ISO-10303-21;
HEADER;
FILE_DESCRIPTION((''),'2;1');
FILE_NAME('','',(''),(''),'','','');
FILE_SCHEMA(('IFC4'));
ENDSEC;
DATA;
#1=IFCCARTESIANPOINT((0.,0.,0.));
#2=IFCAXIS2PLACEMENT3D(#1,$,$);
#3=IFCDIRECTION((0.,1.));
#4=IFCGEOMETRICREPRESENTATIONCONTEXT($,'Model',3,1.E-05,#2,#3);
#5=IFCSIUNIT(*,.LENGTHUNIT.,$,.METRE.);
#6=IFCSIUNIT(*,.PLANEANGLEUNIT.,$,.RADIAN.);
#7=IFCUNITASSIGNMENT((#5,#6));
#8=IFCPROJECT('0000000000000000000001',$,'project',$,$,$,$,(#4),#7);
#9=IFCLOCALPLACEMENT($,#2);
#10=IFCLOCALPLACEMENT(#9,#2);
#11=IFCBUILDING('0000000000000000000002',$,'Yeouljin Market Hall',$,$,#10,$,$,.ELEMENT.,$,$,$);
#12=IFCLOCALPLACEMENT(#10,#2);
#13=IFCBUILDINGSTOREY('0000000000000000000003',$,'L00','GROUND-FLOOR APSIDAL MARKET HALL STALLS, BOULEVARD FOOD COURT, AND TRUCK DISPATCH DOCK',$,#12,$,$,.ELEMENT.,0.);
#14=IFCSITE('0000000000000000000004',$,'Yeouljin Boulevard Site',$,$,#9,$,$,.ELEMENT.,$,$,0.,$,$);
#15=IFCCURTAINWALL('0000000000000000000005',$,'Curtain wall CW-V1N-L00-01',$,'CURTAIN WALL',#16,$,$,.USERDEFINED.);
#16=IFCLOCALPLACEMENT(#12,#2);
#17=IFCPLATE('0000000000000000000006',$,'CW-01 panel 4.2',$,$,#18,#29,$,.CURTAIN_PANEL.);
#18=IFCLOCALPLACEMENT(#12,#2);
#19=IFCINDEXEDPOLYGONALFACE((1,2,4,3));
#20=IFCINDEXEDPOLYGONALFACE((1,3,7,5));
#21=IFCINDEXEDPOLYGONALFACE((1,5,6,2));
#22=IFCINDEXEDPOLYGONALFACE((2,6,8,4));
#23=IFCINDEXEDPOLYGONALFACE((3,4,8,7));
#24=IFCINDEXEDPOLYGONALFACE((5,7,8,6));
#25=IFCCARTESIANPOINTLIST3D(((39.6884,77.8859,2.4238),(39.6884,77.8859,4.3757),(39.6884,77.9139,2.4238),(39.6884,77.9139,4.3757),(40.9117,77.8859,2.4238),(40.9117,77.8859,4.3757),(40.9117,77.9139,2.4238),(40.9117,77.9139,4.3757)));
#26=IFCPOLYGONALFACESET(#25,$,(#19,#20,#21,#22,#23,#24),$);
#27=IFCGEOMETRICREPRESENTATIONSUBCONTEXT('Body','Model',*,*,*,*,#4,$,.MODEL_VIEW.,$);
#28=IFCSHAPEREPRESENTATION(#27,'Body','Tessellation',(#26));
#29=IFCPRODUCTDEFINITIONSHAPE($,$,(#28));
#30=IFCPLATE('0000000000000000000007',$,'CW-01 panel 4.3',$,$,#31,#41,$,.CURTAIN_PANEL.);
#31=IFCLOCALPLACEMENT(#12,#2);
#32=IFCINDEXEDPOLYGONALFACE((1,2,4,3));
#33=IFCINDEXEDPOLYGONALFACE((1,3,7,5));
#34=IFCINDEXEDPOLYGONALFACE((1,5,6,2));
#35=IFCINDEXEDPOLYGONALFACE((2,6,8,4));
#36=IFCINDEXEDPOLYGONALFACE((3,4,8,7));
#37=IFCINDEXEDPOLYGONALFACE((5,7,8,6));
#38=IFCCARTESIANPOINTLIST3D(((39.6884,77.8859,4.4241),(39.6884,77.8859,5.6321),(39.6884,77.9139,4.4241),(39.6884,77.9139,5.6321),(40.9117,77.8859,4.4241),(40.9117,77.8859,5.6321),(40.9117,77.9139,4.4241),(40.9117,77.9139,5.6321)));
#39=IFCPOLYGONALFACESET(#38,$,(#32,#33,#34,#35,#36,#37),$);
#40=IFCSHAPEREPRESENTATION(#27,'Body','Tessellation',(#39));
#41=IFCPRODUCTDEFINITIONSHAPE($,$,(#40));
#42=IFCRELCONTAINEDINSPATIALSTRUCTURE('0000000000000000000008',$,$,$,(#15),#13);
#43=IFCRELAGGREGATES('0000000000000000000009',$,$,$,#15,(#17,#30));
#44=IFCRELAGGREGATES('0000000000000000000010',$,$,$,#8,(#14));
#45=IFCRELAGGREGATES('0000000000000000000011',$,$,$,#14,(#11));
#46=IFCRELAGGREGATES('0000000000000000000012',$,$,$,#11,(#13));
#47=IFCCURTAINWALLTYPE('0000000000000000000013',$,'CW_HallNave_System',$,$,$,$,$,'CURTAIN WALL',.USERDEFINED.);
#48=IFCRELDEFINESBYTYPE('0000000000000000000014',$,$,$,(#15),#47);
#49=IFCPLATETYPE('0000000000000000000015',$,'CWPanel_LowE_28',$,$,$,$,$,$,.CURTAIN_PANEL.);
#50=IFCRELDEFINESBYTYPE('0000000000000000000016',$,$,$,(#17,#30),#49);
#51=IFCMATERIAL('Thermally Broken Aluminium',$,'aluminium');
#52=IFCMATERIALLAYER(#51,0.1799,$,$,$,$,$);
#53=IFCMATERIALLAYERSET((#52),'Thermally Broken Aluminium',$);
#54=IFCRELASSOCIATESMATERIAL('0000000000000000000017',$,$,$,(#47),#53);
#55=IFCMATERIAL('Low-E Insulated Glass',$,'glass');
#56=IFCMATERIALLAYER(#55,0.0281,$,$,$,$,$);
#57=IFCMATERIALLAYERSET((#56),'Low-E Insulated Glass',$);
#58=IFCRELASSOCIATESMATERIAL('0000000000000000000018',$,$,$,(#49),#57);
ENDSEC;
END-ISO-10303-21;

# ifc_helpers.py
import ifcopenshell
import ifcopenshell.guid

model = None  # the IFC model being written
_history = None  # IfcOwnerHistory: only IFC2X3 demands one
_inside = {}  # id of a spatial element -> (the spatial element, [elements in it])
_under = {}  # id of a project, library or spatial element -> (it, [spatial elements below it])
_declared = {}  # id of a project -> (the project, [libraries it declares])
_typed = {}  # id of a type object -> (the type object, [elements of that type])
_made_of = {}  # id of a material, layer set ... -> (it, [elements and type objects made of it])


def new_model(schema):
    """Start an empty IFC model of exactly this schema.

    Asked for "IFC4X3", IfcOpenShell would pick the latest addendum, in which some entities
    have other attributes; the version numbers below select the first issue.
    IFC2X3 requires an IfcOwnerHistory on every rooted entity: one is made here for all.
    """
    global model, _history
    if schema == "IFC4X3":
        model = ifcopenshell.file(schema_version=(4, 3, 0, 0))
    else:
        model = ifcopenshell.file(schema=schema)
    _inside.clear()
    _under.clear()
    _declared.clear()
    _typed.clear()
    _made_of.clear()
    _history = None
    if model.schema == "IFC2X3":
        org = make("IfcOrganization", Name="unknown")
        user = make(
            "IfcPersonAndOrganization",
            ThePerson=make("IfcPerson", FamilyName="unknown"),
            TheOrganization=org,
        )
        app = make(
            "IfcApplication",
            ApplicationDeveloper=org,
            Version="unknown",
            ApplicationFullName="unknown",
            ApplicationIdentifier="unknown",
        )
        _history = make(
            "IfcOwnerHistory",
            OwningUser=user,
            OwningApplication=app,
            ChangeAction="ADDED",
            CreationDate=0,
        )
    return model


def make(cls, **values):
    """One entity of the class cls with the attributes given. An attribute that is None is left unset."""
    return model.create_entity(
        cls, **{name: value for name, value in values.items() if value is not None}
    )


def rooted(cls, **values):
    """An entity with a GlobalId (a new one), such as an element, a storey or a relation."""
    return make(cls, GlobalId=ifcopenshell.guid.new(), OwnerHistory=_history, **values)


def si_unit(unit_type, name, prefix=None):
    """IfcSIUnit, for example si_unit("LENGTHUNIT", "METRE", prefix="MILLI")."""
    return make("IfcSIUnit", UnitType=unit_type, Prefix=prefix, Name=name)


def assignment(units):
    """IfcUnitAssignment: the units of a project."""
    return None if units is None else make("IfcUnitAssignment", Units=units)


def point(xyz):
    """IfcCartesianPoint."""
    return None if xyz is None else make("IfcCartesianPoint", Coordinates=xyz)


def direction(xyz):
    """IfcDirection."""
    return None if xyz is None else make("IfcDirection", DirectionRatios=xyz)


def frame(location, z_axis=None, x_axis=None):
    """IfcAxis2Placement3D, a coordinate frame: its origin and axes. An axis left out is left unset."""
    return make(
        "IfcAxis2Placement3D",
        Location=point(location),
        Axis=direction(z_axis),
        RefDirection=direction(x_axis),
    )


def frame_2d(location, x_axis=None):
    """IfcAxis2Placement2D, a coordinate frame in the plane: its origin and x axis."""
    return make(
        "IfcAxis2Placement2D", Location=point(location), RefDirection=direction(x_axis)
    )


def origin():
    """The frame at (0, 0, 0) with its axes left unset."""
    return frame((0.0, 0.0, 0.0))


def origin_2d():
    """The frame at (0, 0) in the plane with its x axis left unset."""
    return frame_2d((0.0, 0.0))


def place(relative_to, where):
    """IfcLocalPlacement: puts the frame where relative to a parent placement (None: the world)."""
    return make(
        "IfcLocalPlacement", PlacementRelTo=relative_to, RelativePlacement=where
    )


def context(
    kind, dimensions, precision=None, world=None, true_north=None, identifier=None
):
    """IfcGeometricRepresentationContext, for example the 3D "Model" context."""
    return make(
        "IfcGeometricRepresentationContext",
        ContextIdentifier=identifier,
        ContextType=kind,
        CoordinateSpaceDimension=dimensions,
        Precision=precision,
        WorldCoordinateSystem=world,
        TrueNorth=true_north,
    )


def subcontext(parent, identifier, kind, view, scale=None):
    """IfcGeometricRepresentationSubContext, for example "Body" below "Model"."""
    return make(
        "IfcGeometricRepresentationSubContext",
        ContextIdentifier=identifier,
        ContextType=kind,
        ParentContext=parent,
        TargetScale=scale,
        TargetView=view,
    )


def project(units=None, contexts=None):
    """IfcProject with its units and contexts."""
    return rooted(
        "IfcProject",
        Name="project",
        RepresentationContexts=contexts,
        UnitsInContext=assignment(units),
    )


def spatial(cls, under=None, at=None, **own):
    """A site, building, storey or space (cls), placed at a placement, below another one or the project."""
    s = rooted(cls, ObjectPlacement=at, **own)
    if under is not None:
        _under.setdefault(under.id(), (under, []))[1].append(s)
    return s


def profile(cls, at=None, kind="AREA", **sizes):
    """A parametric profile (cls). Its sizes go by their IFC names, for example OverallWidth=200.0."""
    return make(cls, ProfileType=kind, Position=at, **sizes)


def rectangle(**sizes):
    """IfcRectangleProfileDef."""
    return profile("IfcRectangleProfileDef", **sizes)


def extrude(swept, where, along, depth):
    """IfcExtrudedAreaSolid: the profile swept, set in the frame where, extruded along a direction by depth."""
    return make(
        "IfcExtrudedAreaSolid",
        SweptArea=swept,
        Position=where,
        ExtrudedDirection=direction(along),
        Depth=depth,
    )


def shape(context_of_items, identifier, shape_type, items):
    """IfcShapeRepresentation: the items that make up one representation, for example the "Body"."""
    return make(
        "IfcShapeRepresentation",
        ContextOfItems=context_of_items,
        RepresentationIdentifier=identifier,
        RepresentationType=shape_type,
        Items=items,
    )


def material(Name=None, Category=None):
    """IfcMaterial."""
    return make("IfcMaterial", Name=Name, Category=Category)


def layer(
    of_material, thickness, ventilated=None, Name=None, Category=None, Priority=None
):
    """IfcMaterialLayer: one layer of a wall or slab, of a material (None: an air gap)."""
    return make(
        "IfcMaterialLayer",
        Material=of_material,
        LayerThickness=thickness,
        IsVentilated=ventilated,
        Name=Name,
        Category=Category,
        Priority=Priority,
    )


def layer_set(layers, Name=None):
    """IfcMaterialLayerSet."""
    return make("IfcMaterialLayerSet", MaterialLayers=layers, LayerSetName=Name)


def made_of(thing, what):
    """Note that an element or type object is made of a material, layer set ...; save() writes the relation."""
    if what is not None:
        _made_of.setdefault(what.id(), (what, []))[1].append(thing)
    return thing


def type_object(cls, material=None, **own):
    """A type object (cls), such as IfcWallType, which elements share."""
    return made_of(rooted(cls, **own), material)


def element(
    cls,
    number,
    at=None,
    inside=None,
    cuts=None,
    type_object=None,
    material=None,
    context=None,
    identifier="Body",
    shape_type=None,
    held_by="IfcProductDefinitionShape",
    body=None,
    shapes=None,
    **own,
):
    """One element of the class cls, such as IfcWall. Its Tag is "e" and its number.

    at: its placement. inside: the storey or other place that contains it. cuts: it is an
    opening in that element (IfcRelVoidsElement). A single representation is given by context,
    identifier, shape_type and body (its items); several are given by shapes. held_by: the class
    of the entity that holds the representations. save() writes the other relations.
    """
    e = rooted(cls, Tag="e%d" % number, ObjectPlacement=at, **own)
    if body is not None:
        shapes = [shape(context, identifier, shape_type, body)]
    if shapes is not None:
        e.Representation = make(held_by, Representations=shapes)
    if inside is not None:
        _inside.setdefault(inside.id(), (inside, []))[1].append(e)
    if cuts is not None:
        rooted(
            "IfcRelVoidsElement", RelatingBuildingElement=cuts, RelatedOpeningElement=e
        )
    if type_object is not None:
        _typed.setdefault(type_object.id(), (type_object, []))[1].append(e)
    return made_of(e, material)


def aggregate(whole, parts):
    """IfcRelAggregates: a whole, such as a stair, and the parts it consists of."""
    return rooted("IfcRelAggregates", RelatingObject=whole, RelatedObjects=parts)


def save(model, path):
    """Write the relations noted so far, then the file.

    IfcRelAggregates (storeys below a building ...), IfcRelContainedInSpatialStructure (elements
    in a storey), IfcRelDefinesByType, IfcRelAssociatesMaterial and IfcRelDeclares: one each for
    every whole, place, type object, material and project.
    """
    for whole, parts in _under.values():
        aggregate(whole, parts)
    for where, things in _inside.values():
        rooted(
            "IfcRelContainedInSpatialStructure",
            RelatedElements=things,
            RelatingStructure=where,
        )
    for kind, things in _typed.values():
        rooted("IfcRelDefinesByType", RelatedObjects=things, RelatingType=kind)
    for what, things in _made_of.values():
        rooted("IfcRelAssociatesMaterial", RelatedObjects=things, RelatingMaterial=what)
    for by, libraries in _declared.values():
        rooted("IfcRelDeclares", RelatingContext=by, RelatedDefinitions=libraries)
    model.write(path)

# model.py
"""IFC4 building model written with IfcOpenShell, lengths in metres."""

from ifc_helpers import new_model, si_unit, direction, frame, origin, origin_2d, place, context, subcontext, project, spatial, rectangle, extrude, material, layer, layer_set, type_object, element, aggregate, save


model = new_model("IFC4")

# Units and contexts
model_context = context("Model", 3, precision=1e-05, world=origin(), true_north=direction((0.0, 1.0)))
body_context = subcontext(model_context, "Body", "Model", "MODEL_VIEW")
ifc_project = project(units=[si_unit("LENGTHUNIT", "METRE"), si_unit("PLANEANGLEUNIT", "RADIAN")], contexts=[model_context])

# Site, building, storey
site_placement = place(None, origin())
site = spatial("IfcSite", under=ifc_project, at=site_placement, Name="Yeouljin Boulevard Site", CompositionType="ELEMENT", RefElevation=0.0)
building_placement = place(site_placement, origin())
building = spatial("IfcBuilding", under=site, at=building_placement, Name="Yeouljin Market Hall", CompositionType="ELEMENT")
storey_placement = place(building_placement, origin())
storey = spatial("IfcBuildingStorey", under=building, at=storey_placement, Name="L00", Description="GROUND-FLOOR APSIDAL MARKET HALL STALLS, BOULEVARD FOOD COURT, AND TRUCK DISPATCH DOCK", CompositionType="ELEMENT", Elevation=0.0)

# Curtain wall, plates
ifc_material_1 = material(Name="Thermally Broken Aluminium", Category="aluminium")
ifc_layer_1 = layer(ifc_material_1, 0.1799)
ifc_layer_set_1 = layer_set([ifc_layer_1], Name="Thermally Broken Aluminium")
curtain_wall_type = type_object("IfcCurtainWallType", Name="CW_HallNave_System", ElementType="CURTAIN WALL", PredefinedType="USERDEFINED", material=ifc_layer_set_1)
curtain_wall_placement = place(storey_placement, origin())
curtain_wall = element("IfcCurtainWall", 1, at=curtain_wall_placement, inside=storey, type_object=curtain_wall_type, Name="Curtain wall CW-V1N-L00-01", ObjectType="CURTAIN WALL", PredefinedType="USERDEFINED")
ifc_material_2 = material(Name="Low-E Insulated Glass", Category="glass")
ifc_layer_2 = layer(ifc_material_2, 0.0281)
ifc_layer_set_2 = layer_set([ifc_layer_2], Name="Low-E Insulated Glass")
plate_type = type_object("IfcPlateType", Name="CWPanel_LowE_28", PredefinedType="CURTAIN_PANEL", material=ifc_layer_set_2)
plate_1_placement = place(storey_placement, frame((40.3, 77.8999, 2.4238), z_axis=(0.0, 0.0, 1.0), x_axis=(1.0, 0.0, 0.0)))
plate_1 = element("IfcPlate", 2, at=plate_1_placement, type_object=plate_type, Name="CW-01 panel 4.2", PredefinedType="CURTAIN_PANEL", context=body_context, shape_type="SweptSolid", body=[
    extrude(rectangle(XDim=1.2234, YDim=0.0281, at=origin_2d()), origin(), (0.0, 0.0, 1.0), 1.9519),
])
plate_2_placement = place(storey_placement, frame((40.3, 77.8999, 4.4241), z_axis=(0.0, 0.0, 1.0), x_axis=(1.0, 0.0, 0.0)))
plate_2 = element("IfcPlate", 3, at=plate_2_placement, type_object=plate_type, Name="CW-01 panel 4.3", PredefinedType="CURTAIN_PANEL", context=body_context, shape_type="SweptSolid", body=[
    extrude(rectangle(XDim=1.2234, YDim=0.0281, at=origin_2d()), origin(), (0.0, 0.0, 1.0), 1.208),
])
aggregate(curtain_wall, [plate_1, plate_2])

save(model, "model.ifc")
